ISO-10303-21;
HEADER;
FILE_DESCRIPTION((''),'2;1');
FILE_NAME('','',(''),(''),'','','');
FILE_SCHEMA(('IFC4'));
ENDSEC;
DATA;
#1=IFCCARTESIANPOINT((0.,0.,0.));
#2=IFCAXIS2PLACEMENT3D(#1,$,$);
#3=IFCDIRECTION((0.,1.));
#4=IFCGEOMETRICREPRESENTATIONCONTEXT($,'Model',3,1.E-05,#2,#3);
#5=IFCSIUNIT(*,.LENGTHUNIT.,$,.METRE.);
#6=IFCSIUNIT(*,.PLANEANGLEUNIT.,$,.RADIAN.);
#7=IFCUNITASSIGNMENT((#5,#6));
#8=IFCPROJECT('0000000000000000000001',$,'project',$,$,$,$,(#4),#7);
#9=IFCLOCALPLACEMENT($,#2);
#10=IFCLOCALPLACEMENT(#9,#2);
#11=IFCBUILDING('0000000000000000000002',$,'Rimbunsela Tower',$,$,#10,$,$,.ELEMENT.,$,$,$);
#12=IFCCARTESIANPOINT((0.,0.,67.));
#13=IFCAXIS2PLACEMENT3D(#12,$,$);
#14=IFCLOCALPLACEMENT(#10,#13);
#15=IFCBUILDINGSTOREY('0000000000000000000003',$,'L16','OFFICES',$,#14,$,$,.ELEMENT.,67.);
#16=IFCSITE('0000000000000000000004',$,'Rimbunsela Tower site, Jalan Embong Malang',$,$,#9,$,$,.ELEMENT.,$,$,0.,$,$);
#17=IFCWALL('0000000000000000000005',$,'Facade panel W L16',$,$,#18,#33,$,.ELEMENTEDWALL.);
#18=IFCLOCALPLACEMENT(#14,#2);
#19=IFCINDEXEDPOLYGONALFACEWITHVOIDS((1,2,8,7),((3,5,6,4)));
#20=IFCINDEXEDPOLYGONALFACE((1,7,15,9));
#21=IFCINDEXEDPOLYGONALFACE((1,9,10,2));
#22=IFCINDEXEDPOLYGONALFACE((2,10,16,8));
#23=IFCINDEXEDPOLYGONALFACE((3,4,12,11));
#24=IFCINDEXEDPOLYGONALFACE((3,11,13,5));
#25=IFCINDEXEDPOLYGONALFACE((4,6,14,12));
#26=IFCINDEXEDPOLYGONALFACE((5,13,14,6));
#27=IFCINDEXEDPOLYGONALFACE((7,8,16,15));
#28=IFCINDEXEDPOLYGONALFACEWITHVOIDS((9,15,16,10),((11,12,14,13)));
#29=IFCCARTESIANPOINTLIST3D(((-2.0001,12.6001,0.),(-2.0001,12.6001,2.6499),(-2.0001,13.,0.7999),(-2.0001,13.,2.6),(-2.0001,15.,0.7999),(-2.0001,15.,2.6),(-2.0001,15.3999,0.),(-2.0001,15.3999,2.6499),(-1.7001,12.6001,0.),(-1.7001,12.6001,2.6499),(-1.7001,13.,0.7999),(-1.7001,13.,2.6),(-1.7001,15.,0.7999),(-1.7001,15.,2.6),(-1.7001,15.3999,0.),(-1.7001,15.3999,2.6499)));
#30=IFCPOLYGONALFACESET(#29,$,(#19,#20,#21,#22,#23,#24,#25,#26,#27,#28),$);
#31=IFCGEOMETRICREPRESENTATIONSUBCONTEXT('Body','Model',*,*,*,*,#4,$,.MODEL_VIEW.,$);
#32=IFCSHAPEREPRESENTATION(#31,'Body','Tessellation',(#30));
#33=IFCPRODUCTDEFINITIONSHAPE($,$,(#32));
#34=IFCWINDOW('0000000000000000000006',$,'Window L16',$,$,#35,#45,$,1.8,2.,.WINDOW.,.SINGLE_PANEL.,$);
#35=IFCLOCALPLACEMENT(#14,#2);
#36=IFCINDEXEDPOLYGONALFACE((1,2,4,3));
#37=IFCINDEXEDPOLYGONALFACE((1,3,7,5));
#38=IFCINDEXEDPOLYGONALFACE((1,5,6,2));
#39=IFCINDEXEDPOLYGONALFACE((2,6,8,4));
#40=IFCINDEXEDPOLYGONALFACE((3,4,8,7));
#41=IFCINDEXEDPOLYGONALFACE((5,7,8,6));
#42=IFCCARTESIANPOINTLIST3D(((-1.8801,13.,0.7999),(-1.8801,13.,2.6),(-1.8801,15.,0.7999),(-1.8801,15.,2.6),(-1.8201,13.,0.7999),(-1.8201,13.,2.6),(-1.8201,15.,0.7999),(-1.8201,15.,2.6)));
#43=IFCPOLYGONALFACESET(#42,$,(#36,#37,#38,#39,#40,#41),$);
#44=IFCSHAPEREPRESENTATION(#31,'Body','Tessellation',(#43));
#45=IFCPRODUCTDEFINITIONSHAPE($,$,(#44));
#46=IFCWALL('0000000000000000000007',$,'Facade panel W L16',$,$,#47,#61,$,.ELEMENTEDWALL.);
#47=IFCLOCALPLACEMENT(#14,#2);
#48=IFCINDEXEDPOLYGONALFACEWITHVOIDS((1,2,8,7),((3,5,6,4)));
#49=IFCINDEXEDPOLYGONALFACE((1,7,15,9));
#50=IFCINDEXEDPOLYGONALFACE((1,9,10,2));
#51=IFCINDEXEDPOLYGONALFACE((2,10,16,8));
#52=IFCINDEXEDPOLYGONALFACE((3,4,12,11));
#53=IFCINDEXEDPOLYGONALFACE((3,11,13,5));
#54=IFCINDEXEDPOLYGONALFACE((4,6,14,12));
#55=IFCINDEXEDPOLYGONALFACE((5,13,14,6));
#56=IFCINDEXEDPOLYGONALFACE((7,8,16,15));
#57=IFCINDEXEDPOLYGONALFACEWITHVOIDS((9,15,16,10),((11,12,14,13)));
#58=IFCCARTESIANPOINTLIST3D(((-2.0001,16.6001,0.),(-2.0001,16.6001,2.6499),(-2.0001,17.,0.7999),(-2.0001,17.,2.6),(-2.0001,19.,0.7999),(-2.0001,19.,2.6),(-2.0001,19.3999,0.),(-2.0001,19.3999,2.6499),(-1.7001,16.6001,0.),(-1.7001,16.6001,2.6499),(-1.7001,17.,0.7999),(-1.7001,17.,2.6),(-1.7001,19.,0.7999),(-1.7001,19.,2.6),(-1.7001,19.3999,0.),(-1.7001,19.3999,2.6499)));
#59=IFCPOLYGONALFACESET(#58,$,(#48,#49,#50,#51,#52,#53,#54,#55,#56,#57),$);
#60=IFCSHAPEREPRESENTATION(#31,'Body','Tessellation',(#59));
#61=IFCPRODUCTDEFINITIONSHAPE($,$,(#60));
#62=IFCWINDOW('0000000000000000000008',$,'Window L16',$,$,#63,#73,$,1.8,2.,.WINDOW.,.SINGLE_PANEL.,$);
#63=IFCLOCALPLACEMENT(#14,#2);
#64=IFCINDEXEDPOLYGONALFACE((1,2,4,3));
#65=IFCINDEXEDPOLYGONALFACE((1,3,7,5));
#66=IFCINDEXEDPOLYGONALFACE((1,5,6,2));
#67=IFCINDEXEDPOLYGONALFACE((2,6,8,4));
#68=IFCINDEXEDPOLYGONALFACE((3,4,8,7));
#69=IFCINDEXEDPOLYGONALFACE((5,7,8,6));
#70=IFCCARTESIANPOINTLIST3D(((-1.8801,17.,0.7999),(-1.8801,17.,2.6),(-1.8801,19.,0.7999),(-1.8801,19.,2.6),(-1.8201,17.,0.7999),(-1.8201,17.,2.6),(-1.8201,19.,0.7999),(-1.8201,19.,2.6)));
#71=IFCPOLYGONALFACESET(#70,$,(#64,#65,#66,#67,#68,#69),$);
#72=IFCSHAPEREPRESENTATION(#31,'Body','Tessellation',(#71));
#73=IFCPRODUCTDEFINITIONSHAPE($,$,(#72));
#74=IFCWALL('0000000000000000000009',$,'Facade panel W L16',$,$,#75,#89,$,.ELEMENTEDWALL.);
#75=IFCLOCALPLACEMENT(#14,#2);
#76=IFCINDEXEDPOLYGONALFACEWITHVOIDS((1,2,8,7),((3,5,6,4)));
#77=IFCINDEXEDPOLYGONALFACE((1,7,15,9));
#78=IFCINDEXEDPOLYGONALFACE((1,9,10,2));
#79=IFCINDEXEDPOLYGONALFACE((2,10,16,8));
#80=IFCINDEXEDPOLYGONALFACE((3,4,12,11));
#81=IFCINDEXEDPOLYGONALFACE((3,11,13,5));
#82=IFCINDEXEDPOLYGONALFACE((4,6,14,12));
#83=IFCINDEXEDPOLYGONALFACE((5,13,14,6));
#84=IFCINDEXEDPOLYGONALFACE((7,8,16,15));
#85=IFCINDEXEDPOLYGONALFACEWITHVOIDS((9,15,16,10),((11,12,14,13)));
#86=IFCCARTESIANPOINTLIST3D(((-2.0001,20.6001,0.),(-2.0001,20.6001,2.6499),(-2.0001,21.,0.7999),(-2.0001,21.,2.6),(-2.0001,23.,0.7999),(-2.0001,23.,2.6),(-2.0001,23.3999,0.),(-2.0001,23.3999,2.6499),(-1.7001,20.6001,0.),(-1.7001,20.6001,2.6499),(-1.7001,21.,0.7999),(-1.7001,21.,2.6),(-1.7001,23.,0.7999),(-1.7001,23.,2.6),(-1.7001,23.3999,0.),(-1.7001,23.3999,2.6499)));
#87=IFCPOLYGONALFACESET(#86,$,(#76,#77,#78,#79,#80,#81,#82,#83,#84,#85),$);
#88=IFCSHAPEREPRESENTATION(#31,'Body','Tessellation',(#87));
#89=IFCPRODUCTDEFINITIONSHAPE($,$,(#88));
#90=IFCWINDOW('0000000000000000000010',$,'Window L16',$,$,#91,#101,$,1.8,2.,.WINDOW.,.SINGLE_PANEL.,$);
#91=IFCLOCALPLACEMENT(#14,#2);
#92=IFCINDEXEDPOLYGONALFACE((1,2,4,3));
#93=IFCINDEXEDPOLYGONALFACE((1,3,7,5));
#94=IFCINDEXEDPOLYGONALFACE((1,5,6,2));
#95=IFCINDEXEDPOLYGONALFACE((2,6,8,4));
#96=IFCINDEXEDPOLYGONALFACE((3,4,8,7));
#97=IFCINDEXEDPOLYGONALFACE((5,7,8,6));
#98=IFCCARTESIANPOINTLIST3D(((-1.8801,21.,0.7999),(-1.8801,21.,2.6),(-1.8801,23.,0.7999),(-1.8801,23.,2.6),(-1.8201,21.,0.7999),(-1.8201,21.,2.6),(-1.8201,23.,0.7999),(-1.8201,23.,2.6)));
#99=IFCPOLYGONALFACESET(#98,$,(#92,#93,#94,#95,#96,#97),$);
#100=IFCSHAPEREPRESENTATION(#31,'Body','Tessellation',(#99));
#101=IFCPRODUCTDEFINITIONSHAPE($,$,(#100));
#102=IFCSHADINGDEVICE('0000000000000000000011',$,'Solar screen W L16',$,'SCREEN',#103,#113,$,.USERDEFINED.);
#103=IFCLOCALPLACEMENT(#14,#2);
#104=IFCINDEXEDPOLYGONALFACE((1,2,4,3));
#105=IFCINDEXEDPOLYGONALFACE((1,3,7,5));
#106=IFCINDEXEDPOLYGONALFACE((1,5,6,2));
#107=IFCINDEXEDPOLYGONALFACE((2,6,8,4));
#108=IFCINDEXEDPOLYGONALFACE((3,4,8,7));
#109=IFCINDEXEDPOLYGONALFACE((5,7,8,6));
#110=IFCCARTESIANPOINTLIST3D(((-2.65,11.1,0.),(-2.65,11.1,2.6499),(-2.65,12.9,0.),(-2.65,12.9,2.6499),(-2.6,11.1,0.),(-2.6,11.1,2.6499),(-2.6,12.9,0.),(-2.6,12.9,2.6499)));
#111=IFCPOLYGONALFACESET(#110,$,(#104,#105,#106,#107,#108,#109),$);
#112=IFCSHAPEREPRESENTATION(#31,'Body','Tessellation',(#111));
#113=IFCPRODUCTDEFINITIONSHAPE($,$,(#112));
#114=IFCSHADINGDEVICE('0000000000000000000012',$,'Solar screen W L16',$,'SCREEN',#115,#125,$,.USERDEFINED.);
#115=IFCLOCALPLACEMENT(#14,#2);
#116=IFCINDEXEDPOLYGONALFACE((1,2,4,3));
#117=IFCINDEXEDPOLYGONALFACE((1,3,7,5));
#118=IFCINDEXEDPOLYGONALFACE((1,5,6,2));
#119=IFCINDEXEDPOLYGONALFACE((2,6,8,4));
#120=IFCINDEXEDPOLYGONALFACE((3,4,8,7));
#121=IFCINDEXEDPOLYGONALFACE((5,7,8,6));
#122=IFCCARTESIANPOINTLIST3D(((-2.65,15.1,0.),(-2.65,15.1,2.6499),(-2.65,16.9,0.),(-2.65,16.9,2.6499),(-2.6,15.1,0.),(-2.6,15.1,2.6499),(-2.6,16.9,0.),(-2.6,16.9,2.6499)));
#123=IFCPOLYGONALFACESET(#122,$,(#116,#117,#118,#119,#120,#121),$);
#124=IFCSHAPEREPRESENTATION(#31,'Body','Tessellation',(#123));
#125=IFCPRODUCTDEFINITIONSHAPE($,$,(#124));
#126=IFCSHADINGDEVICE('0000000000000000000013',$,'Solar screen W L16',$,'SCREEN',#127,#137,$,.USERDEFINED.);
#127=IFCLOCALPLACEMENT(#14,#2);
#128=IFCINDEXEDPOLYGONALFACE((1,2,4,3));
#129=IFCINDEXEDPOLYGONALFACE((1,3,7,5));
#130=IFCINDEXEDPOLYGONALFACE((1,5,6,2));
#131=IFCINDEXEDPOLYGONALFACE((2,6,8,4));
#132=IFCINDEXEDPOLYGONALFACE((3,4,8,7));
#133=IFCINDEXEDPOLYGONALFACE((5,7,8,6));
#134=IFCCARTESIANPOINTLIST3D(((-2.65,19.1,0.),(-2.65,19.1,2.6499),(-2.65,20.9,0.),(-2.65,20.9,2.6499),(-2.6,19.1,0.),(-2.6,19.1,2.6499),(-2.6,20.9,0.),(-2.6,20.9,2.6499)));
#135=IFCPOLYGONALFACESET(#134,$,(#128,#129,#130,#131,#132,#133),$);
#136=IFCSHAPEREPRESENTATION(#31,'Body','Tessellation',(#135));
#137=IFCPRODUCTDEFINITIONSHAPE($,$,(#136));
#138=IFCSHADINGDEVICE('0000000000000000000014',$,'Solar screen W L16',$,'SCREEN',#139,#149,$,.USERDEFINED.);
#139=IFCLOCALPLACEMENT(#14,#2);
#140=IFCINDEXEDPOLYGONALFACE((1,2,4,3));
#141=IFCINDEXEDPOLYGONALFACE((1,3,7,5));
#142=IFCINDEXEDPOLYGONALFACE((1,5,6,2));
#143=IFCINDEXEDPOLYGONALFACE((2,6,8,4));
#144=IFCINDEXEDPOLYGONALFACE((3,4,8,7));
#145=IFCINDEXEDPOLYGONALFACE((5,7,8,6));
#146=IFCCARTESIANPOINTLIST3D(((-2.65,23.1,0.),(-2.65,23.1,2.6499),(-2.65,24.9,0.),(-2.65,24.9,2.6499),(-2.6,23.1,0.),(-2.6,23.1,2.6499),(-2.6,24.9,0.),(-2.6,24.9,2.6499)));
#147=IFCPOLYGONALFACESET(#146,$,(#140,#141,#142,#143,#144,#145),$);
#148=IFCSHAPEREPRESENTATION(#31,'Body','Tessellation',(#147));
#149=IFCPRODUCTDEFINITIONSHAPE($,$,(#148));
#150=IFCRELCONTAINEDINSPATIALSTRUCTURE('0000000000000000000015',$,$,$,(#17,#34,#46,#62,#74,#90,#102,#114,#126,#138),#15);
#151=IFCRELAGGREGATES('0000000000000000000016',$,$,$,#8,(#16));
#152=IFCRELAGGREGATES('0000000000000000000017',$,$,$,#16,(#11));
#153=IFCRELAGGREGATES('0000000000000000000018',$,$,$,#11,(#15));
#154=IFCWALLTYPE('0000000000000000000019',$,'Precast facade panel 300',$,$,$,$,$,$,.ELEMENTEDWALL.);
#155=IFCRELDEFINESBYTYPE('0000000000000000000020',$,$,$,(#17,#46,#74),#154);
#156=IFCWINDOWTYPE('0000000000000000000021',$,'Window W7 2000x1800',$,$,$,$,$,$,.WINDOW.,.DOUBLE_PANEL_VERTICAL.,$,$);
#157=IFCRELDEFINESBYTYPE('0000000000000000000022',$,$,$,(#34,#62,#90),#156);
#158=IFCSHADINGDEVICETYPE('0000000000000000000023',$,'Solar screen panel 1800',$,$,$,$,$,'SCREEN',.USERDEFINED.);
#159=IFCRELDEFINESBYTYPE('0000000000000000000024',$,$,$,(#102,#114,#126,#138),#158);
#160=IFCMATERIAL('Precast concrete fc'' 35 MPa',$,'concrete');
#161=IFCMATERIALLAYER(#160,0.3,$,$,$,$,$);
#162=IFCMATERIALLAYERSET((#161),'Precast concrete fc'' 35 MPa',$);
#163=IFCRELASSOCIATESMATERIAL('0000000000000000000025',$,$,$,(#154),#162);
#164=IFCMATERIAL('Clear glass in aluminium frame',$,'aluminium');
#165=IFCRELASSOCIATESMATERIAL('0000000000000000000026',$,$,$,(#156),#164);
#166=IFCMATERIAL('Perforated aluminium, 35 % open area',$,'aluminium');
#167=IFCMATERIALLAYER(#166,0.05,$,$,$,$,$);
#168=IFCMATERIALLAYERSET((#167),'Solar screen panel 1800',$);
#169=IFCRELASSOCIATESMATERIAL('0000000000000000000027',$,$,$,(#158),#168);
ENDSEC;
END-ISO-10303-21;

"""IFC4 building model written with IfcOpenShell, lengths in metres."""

from ifc_helpers import new_model, si_unit, direction, frame, frame_2d, origin, origin_2d, place, context, subcontext, project, spatial, rectangle, extrude, material, layer, layer_set, type_object, element, fill, save


model = new_model("IFC4")

# Units and contexts
model_context = context("Model", 3, precision=1e-05, world=origin(), true_north=direction((0.0, 1.0)))
body_context = subcontext(model_context, "Body", "Model", "MODEL_VIEW")
ifc_project = project(units=[si_unit("LENGTHUNIT", "METRE"), si_unit("PLANEANGLEUNIT", "RADIAN")], contexts=[model_context])

# Site, building, storey
site_placement = place(None, origin())
site = spatial("IfcSite", under=ifc_project, at=site_placement, Name="Rimbunsela Tower site, Jalan Embong Malang", CompositionType="ELEMENT", RefElevation=0.0)
building_placement = place(site_placement, origin())
building = spatial("IfcBuilding", under=site, at=building_placement, Name="Rimbunsela Tower", CompositionType="ELEMENT")
storey_placement = place(building_placement, frame((0.0, 0.0, 67.0)))
storey = spatial("IfcBuildingStorey", under=building, at=storey_placement, Name="L16", Description="OFFICES", CompositionType="ELEMENT", Elevation=67.0)

# Walls, openings, windows
ifc_material_1 = material(Name="Precast concrete fc' 35 MPa", Category="concrete")
ifc_layer_1 = layer(ifc_material_1, 0.3)
ifc_layer_set_1 = layer_set([ifc_layer_1], Name="Precast concrete fc' 35 MPa")
wall_type = type_object("IfcWallType", Name="Precast facade panel 300", PredefinedType="ELEMENTEDWALL", material=ifc_layer_set_1)
ifc_material_2 = material(Name="Clear glass in aluminium frame", Category="aluminium")
window_type = type_object("IfcWindowType", Name="Window W7 2000x1800", PartitioningType="DOUBLE_PANEL_VERTICAL", PredefinedType="WINDOW", material=ifc_material_2)
wall_1_placement = place(storey_placement, frame((-1.8501, 15.3999, 0.0), z_axis=(0.0, 0.0, 1.0), x_axis=(0.0, -1.0, 0.0)))
wall_1 = element("IfcWall", 1, at=wall_1_placement, inside=storey, type_object=wall_type, Name="Facade panel W L16", PredefinedType="ELEMENTEDWALL", context=body_context, shape_type="SweptSolid", body=[
    extrude(rectangle(XDim=2.7998, YDim=0.3, at=frame_2d((1.3999, 0.0))), origin(), (0.0, 0.0, 1.0), 2.6499),
])
opening_1_placement = place(wall_1_placement, frame((0.3999, 0.0, 0.8)))
opening_1 = element("IfcOpeningElement", 2, at=opening_1_placement, cuts=wall_1, PredefinedType="OPENING", context=body_context, shape_type="SweptSolid", body=[
    extrude(rectangle(XDim=2.0, YDim=1.8, at=frame_2d((1.0, 0.8999))), frame((0.0, 0.1599, 0.0), z_axis=(0.0, -1.0, 0.0), x_axis=(1.0, 0.0, 0.0)), (0.0, 0.0, 1.0), 0.3201),
])
window_1_placement = place(opening_1_placement, origin())
window_1 = element("IfcWindow", 3, at=window_1_placement, inside=storey, type_object=window_type, Name="Window L16", OverallHeight=1.8, OverallWidth=2.0, PartitioningType="SINGLE_PANEL", PredefinedType="WINDOW", context=body_context, shape_type="SweptSolid", body=[
    extrude(rectangle(XDim=2.0, YDim=1.8, at=frame_2d((1.0, 0.8999))), frame((0.0, 0.03, 0.0), z_axis=(0.0, -1.0, 0.0), x_axis=(1.0, 0.0, 0.0)), (0.0, 0.0, 1.0), 0.0601),
])
fill(opening_1, window_1)
wall_2_placement = place(storey_placement, frame((-1.8501, 19.3999, 0.0), z_axis=(0.0, 0.0, 1.0), x_axis=(0.0, -1.0, 0.0)))
wall_2 = element("IfcWall", 4, at=wall_2_placement, inside=storey, type_object=wall_type, Name="Facade panel W L16", PredefinedType="ELEMENTEDWALL", context=body_context, shape_type="SweptSolid", body=[
    extrude(rectangle(XDim=2.7998, YDim=0.3, at=frame_2d((1.3999, 0.0))), origin(), (0.0, 0.0, 1.0), 2.6499),
])
opening_2_placement = place(wall_2_placement, frame((0.3999, 0.0, 0.8)))
opening_2 = element("IfcOpeningElement", 5, at=opening_2_placement, cuts=wall_2, PredefinedType="OPENING", context=body_context, shape_type="SweptSolid", body=[
    extrude(rectangle(XDim=2.0, YDim=1.8, at=frame_2d((1.0, 0.8999))), frame((0.0, 0.1599, 0.0), z_axis=(0.0, -1.0, 0.0), x_axis=(1.0, 0.0, 0.0)), (0.0, 0.0, 1.0), 0.3201),
])
window_2_placement = place(opening_2_placement, origin())
window_2 = element("IfcWindow", 6, at=window_2_placement, inside=storey, type_object=window_type, Name="Window L16", OverallHeight=1.8, OverallWidth=2.0, PartitioningType="SINGLE_PANEL", PredefinedType="WINDOW", context=body_context, shape_type="SweptSolid", body=[
    extrude(rectangle(XDim=2.0, YDim=1.8, at=frame_2d((1.0, 0.8999))), frame((0.0, 0.03, 0.0), z_axis=(0.0, -1.0, 0.0), x_axis=(1.0, 0.0, 0.0)), (0.0, 0.0, 1.0), 0.0601),
])
fill(opening_2, window_2)
wall_3_placement = place(storey_placement, frame((-1.8501, 23.3999, 0.0), z_axis=(0.0, 0.0, 1.0), x_axis=(0.0, -1.0, 0.0)))
wall_3 = element("IfcWall", 7, at=wall_3_placement, inside=storey, type_object=wall_type, Name="Facade panel W L16", PredefinedType="ELEMENTEDWALL", context=body_context, shape_type="SweptSolid", body=[
    extrude(rectangle(XDim=2.7998, YDim=0.3, at=frame_2d((1.3999, 0.0))), origin(), (0.0, 0.0, 1.0), 2.6499),
])
opening_3_placement = place(wall_3_placement, frame((0.3999, 0.0, 0.8)))
opening_3 = element("IfcOpeningElement", 8, at=opening_3_placement, cuts=wall_3, PredefinedType="OPENING", context=body_context, shape_type="SweptSolid", body=[
    extrude(rectangle(XDim=2.0, YDim=1.8, at=frame_2d((1.0, 0.8999))), frame((0.0, 0.1599, 0.0), z_axis=(0.0, -1.0, 0.0), x_axis=(1.0, 0.0, 0.0)), (0.0, 0.0, 1.0), 0.3201),
])
window_3_placement = place(opening_3_placement, origin())
window_3 = element("IfcWindow", 9, at=window_3_placement, inside=storey, type_object=window_type, Name="Window L16", OverallHeight=1.8, OverallWidth=2.0, PartitioningType="SINGLE_PANEL", PredefinedType="WINDOW", context=body_context, shape_type="SweptSolid", body=[
    extrude(rectangle(XDim=2.0, YDim=1.8, at=frame_2d((1.0, 0.8999))), frame((0.0, 0.03, 0.0), z_axis=(0.0, -1.0, 0.0), x_axis=(1.0, 0.0, 0.0)), (0.0, 0.0, 1.0), 0.0601),
])
fill(opening_3, window_3)

# Shading devices
ifc_material_3 = material(Name="Perforated aluminium, 35 % open area", Category="aluminium")
ifc_layer_2 = layer(ifc_material_3, 0.05)
ifc_layer_set_2 = layer_set([ifc_layer_2], Name="Solar screen panel 1800")
shading_device_type = type_object("IfcShadingDeviceType", Name="Solar screen panel 1800", ElementType="SCREEN", PredefinedType="USERDEFINED", material=ifc_layer_set_2)
for number, where, z_axis, x_axis, name in (
    (10, (-2.625, 12.0, 0.0), (0.0, 0.0, 1.0), (0.0, 1.0, 0.0), "Solar screen W L16"),
    (11, (-2.625, 16.0, 0.0), (0.0, 0.0, 1.0), (0.0, 1.0, 0.0), "Solar screen W L16"),
    (12, (-2.625, 20.0, 0.0), (0.0, 0.0, 1.0), (0.0, 1.0, 0.0), "Solar screen W L16"),
    (13, (-2.625, 24.0, 0.0), (0.0, 0.0, 1.0), (0.0, 1.0, 0.0), "Solar screen W L16"),
):
    element("IfcShadingDevice", number, at=place(storey_placement, frame(where, z_axis=z_axis, x_axis=x_axis)), inside=storey, type_object=shading_device_type, Name=name, ObjectType="SCREEN", PredefinedType="USERDEFINED", context=body_context, shape_type="SweptSolid", body=[
        extrude(rectangle(XDim=1.8, YDim=0.05, at=origin_2d()), origin(), (0.0, 0.0, 1.0), 2.6499),
    ])

save(model, "model.ifc")
